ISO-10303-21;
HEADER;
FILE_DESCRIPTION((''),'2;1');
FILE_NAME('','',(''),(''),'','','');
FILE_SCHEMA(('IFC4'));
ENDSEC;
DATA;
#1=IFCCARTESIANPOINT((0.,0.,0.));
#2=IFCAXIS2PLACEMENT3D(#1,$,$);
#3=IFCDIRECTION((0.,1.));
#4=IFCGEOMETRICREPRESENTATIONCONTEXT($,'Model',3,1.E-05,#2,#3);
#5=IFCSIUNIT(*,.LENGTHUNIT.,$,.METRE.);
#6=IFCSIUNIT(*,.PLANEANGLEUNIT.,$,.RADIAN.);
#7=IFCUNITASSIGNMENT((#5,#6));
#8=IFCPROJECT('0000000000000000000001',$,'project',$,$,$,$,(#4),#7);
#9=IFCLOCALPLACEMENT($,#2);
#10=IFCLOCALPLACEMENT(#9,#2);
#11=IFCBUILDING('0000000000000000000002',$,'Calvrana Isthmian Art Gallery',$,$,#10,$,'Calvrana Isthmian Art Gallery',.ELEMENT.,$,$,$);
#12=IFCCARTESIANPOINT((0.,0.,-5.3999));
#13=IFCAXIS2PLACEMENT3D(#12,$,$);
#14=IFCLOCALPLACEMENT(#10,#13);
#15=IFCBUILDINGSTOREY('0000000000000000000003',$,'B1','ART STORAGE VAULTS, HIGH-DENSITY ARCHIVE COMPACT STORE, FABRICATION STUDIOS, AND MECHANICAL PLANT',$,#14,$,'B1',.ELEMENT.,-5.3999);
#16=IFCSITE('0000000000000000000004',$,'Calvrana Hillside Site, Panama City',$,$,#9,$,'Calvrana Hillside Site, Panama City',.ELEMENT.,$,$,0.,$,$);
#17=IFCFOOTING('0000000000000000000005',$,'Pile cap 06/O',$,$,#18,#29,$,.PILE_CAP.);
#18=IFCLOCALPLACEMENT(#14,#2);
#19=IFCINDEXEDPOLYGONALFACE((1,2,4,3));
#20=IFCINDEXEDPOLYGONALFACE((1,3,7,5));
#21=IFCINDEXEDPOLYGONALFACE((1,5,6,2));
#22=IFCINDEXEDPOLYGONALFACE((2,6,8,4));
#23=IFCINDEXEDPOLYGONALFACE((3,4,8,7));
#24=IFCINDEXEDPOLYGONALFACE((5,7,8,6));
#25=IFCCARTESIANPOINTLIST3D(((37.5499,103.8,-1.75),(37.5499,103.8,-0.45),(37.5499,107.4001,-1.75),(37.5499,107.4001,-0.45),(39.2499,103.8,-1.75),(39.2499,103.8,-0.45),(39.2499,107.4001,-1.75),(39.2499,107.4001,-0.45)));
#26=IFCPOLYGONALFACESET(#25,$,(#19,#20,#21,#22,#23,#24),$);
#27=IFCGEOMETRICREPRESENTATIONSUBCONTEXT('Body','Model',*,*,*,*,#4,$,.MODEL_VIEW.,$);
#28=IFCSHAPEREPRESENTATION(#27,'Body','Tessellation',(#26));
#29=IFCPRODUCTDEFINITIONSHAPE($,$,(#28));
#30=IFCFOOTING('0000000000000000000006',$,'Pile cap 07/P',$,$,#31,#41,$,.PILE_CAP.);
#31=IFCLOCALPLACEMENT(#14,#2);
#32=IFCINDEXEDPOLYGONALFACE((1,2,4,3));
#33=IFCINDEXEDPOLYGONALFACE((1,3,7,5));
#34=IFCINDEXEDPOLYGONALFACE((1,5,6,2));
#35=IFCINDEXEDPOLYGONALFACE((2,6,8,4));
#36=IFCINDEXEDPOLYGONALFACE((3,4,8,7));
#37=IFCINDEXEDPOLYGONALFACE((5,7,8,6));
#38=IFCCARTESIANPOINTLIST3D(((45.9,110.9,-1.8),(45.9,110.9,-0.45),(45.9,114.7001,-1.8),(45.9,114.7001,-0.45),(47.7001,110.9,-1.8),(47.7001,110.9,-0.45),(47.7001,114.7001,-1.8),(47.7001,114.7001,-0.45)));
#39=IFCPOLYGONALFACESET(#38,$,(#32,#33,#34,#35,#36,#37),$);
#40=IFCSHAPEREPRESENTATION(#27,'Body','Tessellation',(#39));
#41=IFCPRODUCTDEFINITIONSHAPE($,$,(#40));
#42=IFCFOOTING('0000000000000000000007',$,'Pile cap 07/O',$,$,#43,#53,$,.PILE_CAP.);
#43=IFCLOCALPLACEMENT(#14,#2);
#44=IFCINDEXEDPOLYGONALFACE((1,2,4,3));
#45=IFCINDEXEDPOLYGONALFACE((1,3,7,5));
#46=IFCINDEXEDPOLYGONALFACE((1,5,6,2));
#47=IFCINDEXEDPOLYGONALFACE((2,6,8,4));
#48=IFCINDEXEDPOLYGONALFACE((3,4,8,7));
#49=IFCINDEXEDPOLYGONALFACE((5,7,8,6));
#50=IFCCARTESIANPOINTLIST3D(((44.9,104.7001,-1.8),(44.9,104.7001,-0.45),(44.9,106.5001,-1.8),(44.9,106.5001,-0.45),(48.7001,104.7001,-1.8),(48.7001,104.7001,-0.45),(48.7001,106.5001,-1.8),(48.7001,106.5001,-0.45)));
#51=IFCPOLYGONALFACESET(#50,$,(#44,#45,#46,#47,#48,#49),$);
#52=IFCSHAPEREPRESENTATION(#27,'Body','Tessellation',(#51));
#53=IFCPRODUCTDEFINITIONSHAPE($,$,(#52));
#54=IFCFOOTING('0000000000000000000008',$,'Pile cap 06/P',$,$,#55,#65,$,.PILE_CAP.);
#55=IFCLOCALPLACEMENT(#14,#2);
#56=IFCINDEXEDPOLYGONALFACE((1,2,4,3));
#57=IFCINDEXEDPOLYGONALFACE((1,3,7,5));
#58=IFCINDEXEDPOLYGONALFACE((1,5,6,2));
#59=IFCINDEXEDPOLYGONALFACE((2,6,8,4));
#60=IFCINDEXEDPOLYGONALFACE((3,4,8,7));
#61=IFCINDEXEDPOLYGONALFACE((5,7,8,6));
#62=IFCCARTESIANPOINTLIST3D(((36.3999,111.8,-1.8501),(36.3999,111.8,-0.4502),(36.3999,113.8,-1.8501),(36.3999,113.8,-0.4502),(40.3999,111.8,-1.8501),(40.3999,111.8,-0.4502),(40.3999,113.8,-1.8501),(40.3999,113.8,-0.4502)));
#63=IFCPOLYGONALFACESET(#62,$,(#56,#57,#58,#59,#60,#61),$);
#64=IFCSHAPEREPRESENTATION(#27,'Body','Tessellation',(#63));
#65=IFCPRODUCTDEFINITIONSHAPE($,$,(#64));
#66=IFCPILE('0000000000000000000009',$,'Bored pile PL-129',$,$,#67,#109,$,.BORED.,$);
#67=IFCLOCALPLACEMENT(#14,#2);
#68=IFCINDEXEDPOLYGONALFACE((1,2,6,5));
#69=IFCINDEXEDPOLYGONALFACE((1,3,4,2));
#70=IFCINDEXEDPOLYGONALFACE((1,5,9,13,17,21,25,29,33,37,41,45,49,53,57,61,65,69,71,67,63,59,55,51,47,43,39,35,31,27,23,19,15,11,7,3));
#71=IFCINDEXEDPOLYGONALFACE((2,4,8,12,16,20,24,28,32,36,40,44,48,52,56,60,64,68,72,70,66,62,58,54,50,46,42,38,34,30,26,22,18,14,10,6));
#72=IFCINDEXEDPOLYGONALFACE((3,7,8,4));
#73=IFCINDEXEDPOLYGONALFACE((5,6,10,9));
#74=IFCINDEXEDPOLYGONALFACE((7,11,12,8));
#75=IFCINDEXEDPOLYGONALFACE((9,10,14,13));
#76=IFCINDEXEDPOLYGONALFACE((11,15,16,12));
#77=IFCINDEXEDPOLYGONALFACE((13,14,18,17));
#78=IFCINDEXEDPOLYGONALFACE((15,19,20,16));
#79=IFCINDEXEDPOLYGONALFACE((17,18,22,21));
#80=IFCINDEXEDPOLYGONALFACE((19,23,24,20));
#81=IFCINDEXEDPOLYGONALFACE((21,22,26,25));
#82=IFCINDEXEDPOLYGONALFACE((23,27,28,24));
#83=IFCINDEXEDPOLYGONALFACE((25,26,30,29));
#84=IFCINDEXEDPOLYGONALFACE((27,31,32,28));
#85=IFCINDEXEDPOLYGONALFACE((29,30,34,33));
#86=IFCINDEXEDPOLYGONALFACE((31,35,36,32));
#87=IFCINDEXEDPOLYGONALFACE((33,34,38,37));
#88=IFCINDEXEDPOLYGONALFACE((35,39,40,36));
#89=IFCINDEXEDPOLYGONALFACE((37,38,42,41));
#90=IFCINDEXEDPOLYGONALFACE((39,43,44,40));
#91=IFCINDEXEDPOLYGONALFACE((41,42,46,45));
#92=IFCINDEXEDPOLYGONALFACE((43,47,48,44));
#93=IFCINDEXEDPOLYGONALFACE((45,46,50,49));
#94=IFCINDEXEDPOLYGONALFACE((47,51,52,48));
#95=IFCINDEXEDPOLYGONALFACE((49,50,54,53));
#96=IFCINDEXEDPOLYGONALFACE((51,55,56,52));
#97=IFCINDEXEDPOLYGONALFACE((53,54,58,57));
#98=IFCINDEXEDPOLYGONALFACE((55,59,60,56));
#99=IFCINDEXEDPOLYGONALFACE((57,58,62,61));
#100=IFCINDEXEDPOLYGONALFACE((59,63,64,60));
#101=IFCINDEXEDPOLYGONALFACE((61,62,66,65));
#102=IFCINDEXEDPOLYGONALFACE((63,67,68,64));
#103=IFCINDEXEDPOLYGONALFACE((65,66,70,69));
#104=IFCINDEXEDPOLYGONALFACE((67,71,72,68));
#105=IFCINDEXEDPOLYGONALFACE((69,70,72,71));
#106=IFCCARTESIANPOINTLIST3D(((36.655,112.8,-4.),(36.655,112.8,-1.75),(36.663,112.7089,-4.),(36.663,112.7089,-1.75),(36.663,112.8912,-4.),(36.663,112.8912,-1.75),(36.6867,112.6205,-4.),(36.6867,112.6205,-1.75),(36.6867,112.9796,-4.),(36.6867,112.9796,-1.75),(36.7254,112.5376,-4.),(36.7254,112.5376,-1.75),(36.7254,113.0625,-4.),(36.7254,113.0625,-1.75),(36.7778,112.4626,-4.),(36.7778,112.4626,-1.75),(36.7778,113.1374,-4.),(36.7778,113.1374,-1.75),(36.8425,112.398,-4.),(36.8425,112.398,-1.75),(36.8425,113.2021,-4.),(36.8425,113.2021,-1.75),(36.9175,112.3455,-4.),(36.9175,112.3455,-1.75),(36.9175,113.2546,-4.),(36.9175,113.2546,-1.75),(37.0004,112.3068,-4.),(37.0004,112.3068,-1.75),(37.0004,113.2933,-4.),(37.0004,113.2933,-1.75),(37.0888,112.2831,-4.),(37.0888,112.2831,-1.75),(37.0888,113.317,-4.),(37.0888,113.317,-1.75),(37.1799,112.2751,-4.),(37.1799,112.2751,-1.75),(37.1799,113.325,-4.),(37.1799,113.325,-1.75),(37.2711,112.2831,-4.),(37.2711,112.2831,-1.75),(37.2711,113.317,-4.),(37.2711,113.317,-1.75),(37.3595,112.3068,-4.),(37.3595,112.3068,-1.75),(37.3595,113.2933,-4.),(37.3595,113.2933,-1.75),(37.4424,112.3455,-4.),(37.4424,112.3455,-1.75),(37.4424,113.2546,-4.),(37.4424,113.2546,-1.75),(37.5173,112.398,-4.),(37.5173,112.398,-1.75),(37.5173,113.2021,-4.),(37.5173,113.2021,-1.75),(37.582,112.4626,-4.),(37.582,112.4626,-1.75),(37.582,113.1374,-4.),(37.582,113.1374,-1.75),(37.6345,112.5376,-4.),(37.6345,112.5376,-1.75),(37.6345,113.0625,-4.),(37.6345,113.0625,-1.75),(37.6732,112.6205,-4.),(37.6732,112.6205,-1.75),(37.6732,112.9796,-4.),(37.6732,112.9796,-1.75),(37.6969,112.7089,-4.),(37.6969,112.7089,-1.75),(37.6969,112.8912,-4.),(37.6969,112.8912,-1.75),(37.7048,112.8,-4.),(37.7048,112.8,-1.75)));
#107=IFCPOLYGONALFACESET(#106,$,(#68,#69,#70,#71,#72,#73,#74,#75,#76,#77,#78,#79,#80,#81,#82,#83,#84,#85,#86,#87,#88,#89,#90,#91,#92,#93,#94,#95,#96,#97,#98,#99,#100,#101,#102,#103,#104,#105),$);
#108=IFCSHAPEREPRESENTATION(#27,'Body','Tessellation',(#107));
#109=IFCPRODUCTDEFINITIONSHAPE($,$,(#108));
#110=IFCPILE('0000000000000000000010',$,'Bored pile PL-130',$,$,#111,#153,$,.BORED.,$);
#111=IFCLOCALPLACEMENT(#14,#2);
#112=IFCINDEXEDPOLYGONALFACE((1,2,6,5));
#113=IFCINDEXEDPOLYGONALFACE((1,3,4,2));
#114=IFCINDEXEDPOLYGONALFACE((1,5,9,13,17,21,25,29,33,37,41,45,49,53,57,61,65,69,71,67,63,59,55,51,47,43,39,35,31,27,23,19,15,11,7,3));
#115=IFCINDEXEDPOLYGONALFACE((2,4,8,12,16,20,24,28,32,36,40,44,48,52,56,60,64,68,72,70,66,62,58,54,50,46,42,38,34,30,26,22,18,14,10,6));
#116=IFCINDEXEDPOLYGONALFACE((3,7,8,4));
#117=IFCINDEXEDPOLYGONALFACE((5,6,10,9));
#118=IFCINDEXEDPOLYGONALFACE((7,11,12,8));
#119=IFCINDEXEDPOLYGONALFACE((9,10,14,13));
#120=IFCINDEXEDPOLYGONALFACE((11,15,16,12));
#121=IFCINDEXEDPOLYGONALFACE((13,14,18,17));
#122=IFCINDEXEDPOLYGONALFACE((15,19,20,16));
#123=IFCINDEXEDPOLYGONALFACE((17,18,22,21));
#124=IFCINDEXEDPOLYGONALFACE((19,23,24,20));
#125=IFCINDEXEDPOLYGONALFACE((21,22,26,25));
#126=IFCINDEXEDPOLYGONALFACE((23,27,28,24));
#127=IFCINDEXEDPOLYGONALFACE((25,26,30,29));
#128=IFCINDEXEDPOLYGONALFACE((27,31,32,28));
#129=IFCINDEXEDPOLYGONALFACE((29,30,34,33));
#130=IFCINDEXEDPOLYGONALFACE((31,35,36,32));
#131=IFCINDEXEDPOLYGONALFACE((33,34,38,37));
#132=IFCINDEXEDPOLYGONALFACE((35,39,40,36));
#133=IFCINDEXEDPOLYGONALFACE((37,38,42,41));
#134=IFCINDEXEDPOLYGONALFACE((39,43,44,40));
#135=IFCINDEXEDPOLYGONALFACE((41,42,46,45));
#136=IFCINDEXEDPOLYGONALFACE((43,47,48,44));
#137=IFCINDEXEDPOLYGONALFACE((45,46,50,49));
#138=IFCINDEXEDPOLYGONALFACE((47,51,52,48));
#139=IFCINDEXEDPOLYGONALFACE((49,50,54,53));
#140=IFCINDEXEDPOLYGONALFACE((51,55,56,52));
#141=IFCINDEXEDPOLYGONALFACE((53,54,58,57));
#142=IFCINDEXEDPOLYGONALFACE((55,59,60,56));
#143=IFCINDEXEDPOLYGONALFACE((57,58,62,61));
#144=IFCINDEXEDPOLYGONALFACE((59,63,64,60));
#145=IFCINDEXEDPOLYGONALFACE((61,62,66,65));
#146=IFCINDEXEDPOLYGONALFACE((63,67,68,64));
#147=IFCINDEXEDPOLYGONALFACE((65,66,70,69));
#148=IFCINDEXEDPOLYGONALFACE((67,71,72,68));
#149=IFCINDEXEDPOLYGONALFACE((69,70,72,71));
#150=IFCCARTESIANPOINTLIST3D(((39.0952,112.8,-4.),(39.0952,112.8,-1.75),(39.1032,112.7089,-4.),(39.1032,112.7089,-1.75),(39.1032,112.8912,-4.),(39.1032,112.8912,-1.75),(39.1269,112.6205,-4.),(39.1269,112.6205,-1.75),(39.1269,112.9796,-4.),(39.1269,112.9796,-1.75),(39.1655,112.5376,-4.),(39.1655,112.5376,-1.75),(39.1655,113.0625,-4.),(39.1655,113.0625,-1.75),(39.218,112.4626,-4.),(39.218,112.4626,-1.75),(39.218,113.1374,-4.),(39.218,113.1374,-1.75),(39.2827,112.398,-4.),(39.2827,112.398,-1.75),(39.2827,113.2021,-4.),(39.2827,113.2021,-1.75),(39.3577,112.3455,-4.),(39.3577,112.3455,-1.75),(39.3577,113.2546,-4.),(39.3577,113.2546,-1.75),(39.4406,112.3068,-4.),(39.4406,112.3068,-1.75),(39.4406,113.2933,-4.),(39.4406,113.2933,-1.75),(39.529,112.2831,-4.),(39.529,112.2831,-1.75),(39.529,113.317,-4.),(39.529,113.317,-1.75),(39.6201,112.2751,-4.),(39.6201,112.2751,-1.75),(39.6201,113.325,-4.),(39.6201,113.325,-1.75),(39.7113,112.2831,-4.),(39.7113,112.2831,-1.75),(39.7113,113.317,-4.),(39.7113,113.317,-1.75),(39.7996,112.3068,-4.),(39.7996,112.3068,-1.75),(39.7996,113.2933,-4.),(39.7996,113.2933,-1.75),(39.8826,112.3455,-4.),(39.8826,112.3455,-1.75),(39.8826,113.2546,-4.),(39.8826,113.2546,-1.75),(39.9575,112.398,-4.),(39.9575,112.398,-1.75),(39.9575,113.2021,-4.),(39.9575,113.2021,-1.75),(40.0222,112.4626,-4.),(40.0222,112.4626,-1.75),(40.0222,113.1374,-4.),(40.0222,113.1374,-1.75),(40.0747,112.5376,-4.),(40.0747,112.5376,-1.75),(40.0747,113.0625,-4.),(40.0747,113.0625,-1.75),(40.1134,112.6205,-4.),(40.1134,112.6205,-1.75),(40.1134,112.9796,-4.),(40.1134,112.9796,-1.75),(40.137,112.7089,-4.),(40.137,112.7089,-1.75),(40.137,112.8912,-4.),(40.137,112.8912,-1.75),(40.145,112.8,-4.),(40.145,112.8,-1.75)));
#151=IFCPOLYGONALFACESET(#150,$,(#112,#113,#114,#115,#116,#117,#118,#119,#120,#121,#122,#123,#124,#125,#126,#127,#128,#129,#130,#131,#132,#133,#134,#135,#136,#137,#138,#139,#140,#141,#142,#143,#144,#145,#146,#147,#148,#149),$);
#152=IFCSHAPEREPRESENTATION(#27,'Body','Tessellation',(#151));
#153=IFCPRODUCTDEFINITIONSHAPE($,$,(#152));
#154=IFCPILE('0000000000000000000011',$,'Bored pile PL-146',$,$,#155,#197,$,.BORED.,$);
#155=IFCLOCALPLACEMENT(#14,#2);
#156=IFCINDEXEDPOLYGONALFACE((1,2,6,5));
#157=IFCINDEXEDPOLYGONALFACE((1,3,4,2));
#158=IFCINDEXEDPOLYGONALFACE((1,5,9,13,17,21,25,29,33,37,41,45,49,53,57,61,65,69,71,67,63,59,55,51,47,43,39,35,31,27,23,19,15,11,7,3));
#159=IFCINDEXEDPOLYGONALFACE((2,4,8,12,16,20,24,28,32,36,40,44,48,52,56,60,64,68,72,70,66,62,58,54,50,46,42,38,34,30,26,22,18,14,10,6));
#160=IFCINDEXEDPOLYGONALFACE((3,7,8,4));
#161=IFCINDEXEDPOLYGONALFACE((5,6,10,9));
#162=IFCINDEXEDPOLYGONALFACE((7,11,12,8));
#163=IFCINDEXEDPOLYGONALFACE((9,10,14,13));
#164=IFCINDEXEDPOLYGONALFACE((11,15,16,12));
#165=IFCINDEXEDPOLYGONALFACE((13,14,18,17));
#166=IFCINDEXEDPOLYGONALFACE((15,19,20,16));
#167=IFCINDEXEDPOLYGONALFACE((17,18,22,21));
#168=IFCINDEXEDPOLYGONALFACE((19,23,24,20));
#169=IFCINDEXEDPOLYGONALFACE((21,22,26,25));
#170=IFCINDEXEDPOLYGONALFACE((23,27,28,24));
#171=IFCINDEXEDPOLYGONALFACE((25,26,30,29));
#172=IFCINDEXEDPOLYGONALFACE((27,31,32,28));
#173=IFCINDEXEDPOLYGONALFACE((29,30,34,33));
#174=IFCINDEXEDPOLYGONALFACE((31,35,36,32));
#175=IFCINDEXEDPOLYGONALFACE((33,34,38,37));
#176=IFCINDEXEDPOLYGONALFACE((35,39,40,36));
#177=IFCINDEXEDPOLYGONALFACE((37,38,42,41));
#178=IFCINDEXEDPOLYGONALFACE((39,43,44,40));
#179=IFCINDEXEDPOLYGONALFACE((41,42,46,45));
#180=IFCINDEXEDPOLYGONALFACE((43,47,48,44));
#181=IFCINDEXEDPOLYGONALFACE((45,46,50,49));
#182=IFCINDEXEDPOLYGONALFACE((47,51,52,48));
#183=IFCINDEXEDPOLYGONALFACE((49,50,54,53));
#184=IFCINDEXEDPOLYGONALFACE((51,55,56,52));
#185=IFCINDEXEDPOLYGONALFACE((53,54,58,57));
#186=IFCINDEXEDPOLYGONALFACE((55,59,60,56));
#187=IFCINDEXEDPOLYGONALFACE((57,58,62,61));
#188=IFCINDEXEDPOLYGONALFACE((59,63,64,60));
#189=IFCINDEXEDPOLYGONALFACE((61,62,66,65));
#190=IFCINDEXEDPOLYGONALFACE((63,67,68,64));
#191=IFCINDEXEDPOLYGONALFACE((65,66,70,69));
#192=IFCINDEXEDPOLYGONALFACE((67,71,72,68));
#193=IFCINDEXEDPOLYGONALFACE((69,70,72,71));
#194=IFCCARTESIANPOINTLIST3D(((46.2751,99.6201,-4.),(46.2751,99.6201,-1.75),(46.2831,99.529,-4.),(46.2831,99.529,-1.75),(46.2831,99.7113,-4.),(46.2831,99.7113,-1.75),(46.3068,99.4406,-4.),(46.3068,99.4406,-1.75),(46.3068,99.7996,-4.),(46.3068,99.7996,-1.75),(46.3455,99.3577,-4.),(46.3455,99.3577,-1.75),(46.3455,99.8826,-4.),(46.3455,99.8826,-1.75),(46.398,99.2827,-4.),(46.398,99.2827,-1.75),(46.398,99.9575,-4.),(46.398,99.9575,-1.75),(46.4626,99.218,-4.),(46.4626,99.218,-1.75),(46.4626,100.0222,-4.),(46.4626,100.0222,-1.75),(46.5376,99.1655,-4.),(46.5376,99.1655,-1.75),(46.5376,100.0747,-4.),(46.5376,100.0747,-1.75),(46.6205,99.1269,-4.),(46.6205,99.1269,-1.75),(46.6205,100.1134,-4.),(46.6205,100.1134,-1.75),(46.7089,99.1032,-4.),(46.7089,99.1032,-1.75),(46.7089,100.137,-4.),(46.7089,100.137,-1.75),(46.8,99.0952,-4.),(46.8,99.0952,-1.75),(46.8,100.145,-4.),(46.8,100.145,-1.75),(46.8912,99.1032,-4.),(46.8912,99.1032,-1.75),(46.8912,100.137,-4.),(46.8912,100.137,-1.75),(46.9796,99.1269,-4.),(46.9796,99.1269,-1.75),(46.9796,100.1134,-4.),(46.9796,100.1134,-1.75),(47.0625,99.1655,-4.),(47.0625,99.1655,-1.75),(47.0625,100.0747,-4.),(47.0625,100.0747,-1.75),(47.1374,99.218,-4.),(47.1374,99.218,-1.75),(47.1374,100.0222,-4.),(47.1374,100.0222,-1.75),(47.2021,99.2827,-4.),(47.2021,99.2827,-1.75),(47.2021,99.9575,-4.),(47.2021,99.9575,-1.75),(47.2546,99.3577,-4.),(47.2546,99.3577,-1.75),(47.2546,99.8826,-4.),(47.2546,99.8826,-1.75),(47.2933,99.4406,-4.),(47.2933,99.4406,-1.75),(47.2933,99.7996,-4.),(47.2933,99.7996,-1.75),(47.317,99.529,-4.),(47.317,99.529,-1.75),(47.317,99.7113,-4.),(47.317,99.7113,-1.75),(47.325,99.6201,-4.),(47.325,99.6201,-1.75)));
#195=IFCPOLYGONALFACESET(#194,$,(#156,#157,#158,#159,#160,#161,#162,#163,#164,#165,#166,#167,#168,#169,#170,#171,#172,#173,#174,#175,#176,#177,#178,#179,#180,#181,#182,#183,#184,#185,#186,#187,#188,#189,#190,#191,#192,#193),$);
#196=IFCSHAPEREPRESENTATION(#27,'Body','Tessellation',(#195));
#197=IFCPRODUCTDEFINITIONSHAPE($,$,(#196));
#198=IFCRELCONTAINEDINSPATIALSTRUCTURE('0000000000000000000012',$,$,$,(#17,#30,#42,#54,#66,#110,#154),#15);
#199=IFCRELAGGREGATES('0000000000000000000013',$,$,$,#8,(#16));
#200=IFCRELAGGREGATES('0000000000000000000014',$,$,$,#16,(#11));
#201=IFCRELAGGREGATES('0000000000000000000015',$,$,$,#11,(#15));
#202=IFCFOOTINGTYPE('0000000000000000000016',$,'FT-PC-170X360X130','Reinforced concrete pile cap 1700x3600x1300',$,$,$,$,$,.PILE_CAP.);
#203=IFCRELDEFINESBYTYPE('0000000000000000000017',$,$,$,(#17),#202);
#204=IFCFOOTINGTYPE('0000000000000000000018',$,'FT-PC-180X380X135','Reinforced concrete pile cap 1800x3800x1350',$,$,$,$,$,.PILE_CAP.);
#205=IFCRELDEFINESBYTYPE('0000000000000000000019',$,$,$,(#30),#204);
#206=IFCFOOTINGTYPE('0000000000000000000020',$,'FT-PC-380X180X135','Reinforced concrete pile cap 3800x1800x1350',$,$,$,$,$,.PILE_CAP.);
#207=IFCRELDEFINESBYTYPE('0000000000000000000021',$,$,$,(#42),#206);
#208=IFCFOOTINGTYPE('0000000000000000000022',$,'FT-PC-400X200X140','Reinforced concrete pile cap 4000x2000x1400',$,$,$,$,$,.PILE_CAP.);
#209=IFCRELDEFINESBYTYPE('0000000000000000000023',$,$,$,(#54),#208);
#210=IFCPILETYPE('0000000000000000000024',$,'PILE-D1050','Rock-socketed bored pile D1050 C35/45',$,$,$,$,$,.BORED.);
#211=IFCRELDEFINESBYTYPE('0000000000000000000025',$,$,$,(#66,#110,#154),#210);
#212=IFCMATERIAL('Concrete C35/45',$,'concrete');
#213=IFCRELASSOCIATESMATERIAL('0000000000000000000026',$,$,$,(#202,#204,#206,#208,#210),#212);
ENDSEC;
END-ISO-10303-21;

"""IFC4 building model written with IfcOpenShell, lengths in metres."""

from ifc_helpers import new_model, si_unit, direction, frame, origin, origin_2d, place, context, subcontext, project, spatial, rectangle, circle, extrude, material, material_profile, profile_set, type_object, element, save


model = new_model("IFC4")

# Units and contexts
model_context = context("Model", 3, precision=1e-05, world=origin(), true_north=direction((0.0, 1.0)))
body_context = subcontext(model_context, "Body", "Model", "MODEL_VIEW")
ifc_project = project(units=[si_unit("LENGTHUNIT", "METRE"), si_unit("PLANEANGLEUNIT", "RADIAN")], contexts=[model_context])

# Site, building, storey
site_placement = place(None, origin())
site = spatial("IfcSite", under=ifc_project, at=site_placement, Name="Calvrana Hillside Site, Panama City", LongName="Calvrana Hillside Site, Panama City", CompositionType="ELEMENT", RefElevation=0.0)
building_placement = place(site_placement, origin())
building = spatial("IfcBuilding", under=site, at=building_placement, Name="Calvrana Isthmian Art Gallery", LongName="Calvrana Isthmian Art Gallery", CompositionType="ELEMENT")
storey_placement = place(building_placement, frame((0.0, 0.0, -5.3999)))
storey = spatial("IfcBuildingStorey", under=building, at=storey_placement, Name="B1", Description="ART STORAGE VAULTS, HIGH-DENSITY ARCHIVE COMPACT STORE, FABRICATION STUDIOS, AND MECHANICAL PLANT", LongName="B1", CompositionType="ELEMENT", Elevation=-5.3999)

# Footings
ifc_material_1 = material(Name="Concrete C35/45", Category="concrete")
footing_type_1 = type_object("IfcFootingType", Name="FT-PC-170X360X130", Description="Reinforced concrete pile cap 1700x3600x1300", PredefinedType="PILE_CAP", material=ifc_material_1)
footing_1_placement = place(storey_placement, frame((38.3999, 105.6001, -1.75), z_axis=(0.0, 0.0, 1.0), x_axis=(1.0, 0.0, 0.0)))
element("IfcFooting", 1, at=footing_1_placement, inside=storey, type_object=footing_type_1, Name="Pile cap 06/O", PredefinedType="PILE_CAP", context=body_context, shape_type="SweptSolid", body=[
    extrude(rectangle(XDim=1.7, YDim=3.6001, at=origin_2d()), origin(), (0.0, 0.0, 1.0), 1.3),
])
footing_type_2 = type_object("IfcFootingType", Name="FT-PC-180X380X135", Description="Reinforced concrete pile cap 1800x3800x1350", PredefinedType="PILE_CAP", material=ifc_material_1)
footing_2_placement = place(storey_placement, frame((46.8, 112.8, -1.8), z_axis=(0.0, 0.0, 1.0), x_axis=(1.0, 0.0, 0.0)))
element("IfcFooting", 2, at=footing_2_placement, inside=storey, type_object=footing_type_2, Name="Pile cap 07/P", PredefinedType="PILE_CAP", context=body_context, shape_type="SweptSolid", body=[
    extrude(rectangle(XDim=1.8, YDim=3.8, at=origin_2d()), origin(), (0.0, 0.0, 1.0), 1.3501),
])
footing_type_3 = type_object("IfcFootingType", Name="FT-PC-380X180X135", Description="Reinforced concrete pile cap 3800x1800x1350", PredefinedType="PILE_CAP", material=ifc_material_1)
footing_3_placement = place(storey_placement, frame((46.8, 105.6001, -1.8), z_axis=(0.0, 0.0, 1.0), x_axis=(1.0, 0.0, 0.0)))
element("IfcFooting", 3, at=footing_3_placement, inside=storey, type_object=footing_type_3, Name="Pile cap 07/O", PredefinedType="PILE_CAP", context=body_context, shape_type="SweptSolid", body=[
    extrude(rectangle(XDim=3.8, YDim=1.8, at=origin_2d()), origin(), (0.0, 0.0, 1.0), 1.3501),
])
footing_type_4 = type_object("IfcFootingType", Name="FT-PC-400X200X140", Description="Reinforced concrete pile cap 4000x2000x1400", PredefinedType="PILE_CAP", material=ifc_material_1)
footing_4_placement = place(storey_placement, frame((38.3999, 112.8, -1.8501), z_axis=(0.0, 0.0, 1.0), x_axis=(1.0, 0.0, 0.0)))
element("IfcFooting", 4, at=footing_4_placement, inside=storey, type_object=footing_type_4, Name="Pile cap 06/P", PredefinedType="PILE_CAP", context=body_context, shape_type="SweptSolid", body=[
    extrude(rectangle(XDim=4.0, YDim=2.0, at=origin_2d()), origin(), (0.0, 0.0, 1.0), 1.3999),
])

# Piles
ifc_material_profile_1 = material_profile(ifc_material_1, circle(Radius=0.5249, at=origin_2d()), Name="PILE1050D")
ifc_profile_set_1 = profile_set([ifc_material_profile_1], Name="Concrete C35/45")
pile_type_1 = type_object("IfcPileType", Name="PILE-D1050", Description="Rock-socketed bored pile D1050 C35/45", PredefinedType="BORED", material=ifc_profile_set_1)
for number, where, z_axis, x_axis, name in (
    (5, (37.1799, 112.8, -1.75), (0.0, 0.0, -1.0), (1.0, 0.0, 0.0), "Bored pile PL-129"),
    (6, (39.6201, 112.8, -1.75), (0.0, 0.0, -1.0), (1.0, 0.0, 0.0), "Bored pile PL-130"),
    (7, (46.8, 99.6201, -1.75), (0.0, 0.0, -1.0), (1.0, 0.0, 0.0), "Bored pile PL-146"),
):
    element("IfcPile", number, at=place(storey_placement, frame(where, z_axis=z_axis, x_axis=x_axis)), inside=storey, type_object=pile_type_1, Name=name, PredefinedType="BORED", context=body_context, shape_type="SweptSolid", body=[
        extrude(circle(Radius=0.5249, at=origin_2d()), origin(), (0.0, 0.0, 1.0), 2.25),
    ])

save(model, "model.ifc")
